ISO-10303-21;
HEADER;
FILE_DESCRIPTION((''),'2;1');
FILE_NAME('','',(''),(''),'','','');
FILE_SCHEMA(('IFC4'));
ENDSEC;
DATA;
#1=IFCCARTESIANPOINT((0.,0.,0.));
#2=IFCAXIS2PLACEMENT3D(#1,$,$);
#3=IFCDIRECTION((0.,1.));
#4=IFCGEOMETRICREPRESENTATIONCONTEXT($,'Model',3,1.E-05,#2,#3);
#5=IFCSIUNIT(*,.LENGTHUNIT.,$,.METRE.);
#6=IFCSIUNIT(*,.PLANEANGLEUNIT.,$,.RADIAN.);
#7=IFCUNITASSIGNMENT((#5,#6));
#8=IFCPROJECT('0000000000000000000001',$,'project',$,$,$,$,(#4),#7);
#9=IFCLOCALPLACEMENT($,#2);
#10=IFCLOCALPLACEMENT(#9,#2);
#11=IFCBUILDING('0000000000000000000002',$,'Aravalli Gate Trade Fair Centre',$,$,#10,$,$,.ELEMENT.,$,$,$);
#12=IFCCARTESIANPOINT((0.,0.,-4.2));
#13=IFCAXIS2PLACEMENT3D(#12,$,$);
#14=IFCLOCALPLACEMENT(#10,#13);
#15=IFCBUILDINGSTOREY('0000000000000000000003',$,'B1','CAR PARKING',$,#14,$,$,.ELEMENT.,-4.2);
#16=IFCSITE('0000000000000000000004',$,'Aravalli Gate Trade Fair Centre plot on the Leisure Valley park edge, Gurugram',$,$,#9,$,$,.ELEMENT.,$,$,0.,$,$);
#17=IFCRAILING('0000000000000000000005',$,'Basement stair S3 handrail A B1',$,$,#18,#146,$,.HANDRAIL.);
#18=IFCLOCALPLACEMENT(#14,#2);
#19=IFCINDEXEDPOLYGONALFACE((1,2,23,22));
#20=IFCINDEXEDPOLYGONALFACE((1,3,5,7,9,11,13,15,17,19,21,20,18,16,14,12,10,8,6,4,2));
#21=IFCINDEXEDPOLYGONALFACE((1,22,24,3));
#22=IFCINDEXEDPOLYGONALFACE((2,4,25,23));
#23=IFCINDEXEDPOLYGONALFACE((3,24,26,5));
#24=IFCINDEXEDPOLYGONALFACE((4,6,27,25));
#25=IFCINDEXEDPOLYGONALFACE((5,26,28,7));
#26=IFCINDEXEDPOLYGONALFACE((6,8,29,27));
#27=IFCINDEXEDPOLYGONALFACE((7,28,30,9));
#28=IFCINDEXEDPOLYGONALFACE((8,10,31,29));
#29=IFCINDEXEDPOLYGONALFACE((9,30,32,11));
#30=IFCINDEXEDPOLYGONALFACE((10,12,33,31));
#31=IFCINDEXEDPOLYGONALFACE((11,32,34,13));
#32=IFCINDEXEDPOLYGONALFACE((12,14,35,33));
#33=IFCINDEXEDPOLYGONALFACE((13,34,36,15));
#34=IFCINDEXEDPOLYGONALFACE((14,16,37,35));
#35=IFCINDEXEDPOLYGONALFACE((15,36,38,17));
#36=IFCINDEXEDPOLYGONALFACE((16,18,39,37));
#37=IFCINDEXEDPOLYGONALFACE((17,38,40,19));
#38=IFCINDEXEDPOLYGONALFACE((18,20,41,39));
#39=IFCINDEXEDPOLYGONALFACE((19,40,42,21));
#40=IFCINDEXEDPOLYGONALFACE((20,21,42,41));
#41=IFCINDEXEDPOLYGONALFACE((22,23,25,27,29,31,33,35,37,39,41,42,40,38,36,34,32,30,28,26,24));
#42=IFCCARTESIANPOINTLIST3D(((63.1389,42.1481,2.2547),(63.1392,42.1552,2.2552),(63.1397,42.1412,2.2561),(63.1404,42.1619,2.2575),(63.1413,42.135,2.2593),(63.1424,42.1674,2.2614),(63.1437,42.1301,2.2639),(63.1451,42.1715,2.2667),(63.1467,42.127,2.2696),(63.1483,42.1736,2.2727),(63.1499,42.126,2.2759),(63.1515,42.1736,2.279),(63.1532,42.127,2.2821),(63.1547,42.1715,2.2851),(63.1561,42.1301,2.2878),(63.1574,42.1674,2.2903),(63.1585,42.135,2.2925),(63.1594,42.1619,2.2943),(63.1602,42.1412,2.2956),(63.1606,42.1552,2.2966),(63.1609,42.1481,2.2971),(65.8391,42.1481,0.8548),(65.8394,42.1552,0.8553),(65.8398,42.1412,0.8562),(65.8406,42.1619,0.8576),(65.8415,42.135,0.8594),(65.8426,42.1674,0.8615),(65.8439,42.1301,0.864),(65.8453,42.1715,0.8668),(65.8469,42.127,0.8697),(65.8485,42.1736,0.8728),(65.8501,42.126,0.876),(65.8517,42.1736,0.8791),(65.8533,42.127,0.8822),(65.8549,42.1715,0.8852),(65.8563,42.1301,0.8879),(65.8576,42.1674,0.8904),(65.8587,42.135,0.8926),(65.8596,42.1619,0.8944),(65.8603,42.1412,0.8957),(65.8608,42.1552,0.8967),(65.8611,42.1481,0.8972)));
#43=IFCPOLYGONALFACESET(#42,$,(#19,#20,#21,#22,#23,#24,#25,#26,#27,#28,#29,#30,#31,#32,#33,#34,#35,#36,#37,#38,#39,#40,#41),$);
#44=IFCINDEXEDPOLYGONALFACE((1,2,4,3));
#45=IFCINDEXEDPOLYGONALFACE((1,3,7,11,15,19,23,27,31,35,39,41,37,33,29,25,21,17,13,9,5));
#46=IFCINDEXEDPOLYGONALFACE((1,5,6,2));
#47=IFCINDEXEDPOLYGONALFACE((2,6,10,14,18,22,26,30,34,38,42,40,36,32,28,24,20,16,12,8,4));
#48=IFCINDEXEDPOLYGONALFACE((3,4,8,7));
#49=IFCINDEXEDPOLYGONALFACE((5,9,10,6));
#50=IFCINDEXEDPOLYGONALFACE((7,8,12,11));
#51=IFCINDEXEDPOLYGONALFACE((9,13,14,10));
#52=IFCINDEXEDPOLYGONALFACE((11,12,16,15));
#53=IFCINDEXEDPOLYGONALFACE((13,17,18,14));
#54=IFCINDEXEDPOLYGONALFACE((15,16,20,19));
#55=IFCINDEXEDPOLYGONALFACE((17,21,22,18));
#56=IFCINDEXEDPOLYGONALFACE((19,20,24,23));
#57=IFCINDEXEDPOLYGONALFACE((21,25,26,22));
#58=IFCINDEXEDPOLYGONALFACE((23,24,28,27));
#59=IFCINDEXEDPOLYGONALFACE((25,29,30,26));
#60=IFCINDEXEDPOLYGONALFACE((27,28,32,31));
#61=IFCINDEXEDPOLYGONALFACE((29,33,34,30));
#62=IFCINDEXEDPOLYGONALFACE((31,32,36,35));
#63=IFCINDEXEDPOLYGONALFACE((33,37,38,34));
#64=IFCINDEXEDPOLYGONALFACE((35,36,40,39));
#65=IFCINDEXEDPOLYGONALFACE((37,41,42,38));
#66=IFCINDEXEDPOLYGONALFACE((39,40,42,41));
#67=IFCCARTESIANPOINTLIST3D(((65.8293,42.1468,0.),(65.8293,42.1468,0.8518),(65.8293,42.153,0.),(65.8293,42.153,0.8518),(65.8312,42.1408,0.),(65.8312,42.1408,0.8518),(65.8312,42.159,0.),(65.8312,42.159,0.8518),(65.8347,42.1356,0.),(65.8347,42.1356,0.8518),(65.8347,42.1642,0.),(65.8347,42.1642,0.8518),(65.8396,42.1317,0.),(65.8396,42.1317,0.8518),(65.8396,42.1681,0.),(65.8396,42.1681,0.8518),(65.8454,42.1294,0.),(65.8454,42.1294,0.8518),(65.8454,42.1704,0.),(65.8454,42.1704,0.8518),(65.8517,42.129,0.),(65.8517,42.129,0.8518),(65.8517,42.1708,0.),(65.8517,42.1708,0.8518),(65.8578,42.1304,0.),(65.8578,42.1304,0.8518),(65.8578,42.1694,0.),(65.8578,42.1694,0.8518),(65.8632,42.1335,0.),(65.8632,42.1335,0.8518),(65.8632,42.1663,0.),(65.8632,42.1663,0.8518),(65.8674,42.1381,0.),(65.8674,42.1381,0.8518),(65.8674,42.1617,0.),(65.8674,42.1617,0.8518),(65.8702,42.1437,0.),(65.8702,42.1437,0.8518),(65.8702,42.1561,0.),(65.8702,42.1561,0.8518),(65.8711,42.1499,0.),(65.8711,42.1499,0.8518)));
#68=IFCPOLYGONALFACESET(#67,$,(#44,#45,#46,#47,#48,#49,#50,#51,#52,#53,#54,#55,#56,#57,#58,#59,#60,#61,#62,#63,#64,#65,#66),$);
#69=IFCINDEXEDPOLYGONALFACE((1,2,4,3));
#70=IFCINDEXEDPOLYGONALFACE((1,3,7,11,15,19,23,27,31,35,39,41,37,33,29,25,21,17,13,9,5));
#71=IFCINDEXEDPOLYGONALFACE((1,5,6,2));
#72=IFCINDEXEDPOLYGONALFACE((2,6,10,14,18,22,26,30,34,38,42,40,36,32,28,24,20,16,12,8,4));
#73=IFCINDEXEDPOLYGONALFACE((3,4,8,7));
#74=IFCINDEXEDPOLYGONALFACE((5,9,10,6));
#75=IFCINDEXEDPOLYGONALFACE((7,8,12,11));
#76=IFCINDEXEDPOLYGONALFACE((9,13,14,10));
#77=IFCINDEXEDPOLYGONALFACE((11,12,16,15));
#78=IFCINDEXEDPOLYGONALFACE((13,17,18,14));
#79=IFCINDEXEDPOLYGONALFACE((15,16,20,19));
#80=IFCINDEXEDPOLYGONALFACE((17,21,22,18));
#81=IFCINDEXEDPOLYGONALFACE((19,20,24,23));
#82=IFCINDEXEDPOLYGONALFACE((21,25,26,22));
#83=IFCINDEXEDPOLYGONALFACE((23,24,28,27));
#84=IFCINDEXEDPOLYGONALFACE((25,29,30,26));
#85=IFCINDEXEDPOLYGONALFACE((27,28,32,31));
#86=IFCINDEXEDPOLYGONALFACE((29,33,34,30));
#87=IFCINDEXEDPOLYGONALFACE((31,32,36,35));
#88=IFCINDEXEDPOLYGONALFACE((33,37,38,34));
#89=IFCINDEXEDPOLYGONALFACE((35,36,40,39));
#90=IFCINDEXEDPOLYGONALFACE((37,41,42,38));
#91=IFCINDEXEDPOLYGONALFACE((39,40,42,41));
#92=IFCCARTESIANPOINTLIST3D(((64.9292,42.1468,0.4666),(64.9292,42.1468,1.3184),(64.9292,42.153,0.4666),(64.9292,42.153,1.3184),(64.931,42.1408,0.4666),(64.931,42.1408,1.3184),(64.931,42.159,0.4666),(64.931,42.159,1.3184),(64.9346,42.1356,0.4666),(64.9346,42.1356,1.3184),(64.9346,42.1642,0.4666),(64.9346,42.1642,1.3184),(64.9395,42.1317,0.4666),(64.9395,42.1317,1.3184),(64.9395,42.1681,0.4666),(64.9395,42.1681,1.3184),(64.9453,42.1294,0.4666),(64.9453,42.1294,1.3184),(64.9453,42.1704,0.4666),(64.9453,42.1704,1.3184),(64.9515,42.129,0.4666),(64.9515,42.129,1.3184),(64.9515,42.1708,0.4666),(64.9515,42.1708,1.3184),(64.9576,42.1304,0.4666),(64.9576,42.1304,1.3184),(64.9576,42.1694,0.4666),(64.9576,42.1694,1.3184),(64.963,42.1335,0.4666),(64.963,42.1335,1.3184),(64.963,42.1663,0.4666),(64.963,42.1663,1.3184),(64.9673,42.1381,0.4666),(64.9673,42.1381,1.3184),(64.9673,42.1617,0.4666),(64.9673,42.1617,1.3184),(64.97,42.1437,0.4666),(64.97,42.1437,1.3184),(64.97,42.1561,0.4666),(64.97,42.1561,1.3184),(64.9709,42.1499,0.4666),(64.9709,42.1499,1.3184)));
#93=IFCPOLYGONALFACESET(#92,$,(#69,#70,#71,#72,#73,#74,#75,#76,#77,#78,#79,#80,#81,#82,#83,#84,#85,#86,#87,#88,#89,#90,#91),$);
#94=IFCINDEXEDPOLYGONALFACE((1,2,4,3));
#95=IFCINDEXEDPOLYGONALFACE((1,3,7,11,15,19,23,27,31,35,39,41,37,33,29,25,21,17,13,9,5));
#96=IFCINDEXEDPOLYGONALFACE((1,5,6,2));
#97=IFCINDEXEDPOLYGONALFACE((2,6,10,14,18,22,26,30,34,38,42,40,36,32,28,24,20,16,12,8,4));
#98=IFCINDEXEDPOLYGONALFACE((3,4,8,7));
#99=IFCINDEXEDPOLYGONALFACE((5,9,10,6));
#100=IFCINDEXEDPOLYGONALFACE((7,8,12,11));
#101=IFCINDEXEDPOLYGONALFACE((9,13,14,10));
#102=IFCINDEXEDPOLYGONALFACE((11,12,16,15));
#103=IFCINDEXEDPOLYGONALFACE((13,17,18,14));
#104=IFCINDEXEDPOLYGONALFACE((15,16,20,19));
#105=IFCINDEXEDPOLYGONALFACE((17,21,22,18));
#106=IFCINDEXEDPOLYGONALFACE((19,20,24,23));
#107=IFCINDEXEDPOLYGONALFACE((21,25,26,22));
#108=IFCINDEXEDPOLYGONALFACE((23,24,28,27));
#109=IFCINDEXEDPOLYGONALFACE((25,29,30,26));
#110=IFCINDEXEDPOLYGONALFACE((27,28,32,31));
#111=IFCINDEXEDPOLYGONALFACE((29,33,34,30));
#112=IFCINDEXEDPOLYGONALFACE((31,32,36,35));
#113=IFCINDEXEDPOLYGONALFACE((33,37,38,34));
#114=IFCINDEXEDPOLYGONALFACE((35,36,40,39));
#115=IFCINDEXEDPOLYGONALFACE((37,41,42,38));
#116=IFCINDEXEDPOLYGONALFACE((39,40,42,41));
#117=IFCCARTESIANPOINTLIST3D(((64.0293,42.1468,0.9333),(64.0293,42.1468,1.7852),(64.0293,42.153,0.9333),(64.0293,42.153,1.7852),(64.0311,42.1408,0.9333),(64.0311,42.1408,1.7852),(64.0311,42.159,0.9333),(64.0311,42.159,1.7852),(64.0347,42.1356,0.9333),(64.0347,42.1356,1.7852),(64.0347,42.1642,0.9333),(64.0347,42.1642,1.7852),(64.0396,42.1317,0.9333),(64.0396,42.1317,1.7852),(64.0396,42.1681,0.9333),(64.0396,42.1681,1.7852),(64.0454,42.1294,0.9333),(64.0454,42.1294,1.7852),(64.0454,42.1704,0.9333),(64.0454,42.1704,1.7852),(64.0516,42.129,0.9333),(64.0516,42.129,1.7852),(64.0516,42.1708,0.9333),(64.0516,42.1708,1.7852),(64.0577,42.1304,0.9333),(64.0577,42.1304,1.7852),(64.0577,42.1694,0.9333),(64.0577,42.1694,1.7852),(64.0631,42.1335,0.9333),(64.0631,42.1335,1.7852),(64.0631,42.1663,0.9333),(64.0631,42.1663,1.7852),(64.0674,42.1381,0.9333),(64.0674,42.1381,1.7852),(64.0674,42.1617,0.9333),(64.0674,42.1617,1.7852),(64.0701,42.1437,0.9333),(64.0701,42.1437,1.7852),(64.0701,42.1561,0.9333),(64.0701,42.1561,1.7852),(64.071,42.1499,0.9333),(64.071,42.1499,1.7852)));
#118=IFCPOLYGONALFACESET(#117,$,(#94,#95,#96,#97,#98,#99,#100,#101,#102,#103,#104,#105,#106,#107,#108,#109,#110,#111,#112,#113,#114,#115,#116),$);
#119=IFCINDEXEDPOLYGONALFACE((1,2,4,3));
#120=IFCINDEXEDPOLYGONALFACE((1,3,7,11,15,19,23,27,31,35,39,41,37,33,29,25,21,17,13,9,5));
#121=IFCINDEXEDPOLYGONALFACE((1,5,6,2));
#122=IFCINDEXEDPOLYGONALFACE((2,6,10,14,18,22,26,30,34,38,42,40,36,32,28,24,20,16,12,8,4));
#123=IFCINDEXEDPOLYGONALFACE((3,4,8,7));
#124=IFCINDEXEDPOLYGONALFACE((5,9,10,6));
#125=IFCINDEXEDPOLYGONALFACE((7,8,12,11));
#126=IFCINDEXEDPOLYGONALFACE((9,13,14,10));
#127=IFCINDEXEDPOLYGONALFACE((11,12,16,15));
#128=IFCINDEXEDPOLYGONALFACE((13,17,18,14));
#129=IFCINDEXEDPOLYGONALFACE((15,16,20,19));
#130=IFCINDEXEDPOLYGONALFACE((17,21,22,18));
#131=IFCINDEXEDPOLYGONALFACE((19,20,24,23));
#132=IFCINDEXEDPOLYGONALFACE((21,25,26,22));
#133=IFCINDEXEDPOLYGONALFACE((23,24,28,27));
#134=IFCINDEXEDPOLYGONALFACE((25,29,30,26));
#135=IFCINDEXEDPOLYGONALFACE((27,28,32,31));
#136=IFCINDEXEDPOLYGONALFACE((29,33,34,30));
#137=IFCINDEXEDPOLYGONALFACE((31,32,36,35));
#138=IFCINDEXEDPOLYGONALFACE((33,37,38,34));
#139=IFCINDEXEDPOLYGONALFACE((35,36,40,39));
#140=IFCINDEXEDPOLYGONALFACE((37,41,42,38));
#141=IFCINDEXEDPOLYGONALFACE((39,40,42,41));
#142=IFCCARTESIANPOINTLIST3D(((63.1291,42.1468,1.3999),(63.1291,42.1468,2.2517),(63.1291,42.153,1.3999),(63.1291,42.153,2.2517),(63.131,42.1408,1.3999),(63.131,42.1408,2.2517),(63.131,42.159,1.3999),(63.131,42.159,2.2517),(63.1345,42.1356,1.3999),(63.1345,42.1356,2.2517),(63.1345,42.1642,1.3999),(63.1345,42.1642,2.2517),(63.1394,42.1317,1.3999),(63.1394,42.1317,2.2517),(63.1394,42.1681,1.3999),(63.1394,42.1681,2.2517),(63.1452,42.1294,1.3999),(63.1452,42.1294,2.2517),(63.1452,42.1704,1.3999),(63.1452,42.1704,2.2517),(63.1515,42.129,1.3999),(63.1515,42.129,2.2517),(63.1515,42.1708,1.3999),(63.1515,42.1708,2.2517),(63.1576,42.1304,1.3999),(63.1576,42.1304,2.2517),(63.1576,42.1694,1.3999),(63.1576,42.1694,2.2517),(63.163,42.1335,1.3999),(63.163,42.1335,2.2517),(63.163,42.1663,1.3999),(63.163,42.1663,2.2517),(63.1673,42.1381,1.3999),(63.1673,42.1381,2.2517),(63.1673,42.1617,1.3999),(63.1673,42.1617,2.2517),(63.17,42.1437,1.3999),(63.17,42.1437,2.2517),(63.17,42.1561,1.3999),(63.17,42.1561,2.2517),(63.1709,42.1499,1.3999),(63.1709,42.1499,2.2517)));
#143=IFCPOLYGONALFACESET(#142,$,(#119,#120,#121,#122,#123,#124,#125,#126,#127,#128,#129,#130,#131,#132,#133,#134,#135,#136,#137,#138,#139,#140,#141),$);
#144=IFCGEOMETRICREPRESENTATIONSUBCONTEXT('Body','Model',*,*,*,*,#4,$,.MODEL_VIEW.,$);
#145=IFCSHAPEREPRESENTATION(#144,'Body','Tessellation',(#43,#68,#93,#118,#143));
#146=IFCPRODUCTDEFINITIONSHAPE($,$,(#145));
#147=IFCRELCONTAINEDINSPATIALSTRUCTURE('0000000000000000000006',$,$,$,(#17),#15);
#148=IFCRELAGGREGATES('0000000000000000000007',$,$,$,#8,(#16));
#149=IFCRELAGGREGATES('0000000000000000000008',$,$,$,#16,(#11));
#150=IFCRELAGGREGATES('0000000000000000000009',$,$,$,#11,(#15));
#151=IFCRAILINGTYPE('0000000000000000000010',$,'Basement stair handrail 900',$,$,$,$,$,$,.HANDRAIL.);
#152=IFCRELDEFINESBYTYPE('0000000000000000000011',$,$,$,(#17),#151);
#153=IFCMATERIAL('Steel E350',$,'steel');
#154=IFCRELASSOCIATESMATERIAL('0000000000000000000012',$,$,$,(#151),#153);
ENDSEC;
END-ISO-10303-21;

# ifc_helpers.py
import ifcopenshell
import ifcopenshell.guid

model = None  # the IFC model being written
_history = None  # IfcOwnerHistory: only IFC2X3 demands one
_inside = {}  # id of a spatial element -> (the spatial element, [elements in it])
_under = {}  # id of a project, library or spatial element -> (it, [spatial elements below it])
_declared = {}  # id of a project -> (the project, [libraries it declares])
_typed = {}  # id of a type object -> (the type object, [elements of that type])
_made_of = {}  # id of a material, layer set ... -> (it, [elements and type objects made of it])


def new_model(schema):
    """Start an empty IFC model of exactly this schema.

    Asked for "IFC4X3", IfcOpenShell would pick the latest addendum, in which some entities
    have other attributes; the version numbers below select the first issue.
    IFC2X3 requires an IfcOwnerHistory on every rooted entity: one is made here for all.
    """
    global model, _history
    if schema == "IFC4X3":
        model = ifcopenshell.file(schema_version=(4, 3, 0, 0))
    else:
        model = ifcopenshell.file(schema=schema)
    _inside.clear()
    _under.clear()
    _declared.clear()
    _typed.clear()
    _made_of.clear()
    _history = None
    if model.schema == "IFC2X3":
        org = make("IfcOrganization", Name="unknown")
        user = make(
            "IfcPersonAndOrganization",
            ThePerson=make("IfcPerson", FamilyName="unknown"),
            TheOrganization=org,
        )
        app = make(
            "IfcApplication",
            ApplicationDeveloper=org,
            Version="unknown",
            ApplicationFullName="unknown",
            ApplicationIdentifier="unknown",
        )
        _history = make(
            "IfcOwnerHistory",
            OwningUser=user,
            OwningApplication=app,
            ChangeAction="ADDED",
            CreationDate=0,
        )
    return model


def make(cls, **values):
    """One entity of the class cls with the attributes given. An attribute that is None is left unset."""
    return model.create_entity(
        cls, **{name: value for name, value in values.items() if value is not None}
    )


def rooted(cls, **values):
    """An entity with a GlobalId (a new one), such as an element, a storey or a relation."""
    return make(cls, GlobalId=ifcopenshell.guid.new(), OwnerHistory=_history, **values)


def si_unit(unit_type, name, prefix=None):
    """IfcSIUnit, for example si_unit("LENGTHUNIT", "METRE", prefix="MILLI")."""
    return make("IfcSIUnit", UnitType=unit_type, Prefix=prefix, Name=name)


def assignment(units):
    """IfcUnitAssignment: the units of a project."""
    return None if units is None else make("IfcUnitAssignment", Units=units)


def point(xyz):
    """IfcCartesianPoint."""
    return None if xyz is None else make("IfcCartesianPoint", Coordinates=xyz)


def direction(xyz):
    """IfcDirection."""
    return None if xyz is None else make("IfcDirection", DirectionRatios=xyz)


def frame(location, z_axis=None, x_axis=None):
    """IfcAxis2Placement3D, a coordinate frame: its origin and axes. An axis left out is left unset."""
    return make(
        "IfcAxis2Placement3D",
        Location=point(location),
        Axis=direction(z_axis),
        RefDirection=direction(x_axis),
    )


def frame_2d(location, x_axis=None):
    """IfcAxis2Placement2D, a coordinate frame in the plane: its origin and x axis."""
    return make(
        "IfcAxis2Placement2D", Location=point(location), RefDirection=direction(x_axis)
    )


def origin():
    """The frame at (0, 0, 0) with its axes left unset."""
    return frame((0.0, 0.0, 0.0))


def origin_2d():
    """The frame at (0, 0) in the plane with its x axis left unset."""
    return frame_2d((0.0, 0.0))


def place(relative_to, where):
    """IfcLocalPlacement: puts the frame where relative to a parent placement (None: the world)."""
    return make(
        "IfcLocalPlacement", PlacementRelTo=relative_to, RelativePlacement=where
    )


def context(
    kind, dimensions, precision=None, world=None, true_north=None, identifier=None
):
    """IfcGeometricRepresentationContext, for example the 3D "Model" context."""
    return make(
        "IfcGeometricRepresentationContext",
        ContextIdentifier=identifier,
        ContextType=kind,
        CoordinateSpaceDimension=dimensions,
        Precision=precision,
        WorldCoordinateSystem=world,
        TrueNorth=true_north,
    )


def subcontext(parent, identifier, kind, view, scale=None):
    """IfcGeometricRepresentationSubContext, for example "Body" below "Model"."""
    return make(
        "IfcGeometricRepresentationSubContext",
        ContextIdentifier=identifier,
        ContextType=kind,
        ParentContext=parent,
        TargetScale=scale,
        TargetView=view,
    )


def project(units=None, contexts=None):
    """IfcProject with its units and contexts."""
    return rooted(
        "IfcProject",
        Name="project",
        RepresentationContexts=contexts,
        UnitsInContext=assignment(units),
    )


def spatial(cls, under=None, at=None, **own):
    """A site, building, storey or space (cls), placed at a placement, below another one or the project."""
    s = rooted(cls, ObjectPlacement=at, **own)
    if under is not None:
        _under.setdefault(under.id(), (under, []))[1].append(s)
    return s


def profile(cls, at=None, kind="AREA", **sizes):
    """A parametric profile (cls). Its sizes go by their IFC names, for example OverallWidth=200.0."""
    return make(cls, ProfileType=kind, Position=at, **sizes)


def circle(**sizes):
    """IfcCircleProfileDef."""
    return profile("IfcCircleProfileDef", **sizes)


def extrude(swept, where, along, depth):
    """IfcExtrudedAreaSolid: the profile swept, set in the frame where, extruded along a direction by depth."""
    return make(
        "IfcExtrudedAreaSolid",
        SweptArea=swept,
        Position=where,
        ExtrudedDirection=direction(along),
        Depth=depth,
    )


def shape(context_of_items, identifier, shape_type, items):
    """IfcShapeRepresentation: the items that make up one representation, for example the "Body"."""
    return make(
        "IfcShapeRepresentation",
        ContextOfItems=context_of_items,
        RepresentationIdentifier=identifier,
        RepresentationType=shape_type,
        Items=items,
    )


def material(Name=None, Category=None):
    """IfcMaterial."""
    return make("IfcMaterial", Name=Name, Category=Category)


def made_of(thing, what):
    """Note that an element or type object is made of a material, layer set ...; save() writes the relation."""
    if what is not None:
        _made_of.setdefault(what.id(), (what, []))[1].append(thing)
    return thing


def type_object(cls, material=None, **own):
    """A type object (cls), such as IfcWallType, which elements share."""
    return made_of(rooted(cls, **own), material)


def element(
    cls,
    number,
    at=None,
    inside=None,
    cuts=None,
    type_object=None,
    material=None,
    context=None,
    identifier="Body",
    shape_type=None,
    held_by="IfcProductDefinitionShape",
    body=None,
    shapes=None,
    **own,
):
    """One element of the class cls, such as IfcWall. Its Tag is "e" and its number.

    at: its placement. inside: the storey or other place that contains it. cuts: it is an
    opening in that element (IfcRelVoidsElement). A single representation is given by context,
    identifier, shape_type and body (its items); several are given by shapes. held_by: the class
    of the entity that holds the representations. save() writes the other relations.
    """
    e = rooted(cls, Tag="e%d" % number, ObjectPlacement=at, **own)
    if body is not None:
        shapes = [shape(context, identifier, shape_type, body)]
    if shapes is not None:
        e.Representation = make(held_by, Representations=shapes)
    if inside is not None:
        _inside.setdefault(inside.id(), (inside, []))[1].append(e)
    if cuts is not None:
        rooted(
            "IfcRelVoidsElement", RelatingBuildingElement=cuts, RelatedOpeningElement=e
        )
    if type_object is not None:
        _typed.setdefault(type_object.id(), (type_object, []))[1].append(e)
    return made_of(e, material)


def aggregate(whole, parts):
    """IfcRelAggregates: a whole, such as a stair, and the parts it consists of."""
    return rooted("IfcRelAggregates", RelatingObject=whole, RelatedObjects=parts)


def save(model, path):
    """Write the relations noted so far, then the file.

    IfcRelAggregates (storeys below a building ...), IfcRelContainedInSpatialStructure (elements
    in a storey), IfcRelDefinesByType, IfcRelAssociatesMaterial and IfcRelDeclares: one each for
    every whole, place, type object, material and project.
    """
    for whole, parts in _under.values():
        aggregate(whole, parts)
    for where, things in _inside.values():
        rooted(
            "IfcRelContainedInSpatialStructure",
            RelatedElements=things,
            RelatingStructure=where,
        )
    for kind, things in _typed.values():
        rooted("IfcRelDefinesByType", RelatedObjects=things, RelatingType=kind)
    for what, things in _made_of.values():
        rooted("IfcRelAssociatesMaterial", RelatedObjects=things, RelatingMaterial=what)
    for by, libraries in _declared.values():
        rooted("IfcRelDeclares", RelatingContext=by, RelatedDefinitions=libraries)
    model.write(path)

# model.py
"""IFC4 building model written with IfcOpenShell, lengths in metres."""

from ifc_helpers import new_model, si_unit, direction, frame, origin, origin_2d, place, context, subcontext, project, spatial, circle, extrude, material, type_object, element, save


model = new_model("IFC4")

# Units and contexts
model_context = context("Model", 3, precision=1e-05, world=origin(), true_north=direction((0.0, 1.0)))
body_context = subcontext(model_context, "Body", "Model", "MODEL_VIEW")
ifc_project = project(units=[si_unit("LENGTHUNIT", "METRE"), si_unit("PLANEANGLEUNIT", "RADIAN")], contexts=[model_context])

# Site, building, storey
site_placement = place(None, origin())
site = spatial("IfcSite", under=ifc_project, at=site_placement, Name="Aravalli Gate Trade Fair Centre plot on the Leisure Valley park edge, Gurugram", CompositionType="ELEMENT", RefElevation=0.0)
building_placement = place(site_placement, origin())
building = spatial("IfcBuilding", under=site, at=building_placement, Name="Aravalli Gate Trade Fair Centre", CompositionType="ELEMENT")
storey_placement = place(building_placement, frame((0.0, 0.0, -4.2)))
storey = spatial("IfcBuildingStorey", under=building, at=storey_placement, Name="B1", Description="CAR PARKING", CompositionType="ELEMENT", Elevation=-4.2)

# Railing
ifc_material_1 = material(Name="Steel E350", Category="steel")
railing_type = type_object("IfcRailingType", Name="Basement stair handrail 900", PredefinedType="HANDRAIL", material=ifc_material_1)
for number, where, name in (
    (1, (65.8501, 42.1499, 0.0), "Basement stair S3 handrail A B1"),
):
    element("IfcRailing", number, at=place(storey_placement, frame(where)), inside=storey, type_object=railing_type, Name=name, PredefinedType="HANDRAIL", context=body_context, shape_type="SweptSolid", body=[
        extrude(circle(Radius=0.0239, at=origin_2d()), frame((0.0, 0.0, 0.876), z_axis=(-0.887781, 0.0, 0.460266), x_axis=(0.0, -1.0, 0.0)), (0.0, 0.0, 1.0), 3.0415),
        extrude(circle(Radius=0.021, at=origin_2d()), origin(), (0.0, 0.0, 1.0), 0.8518),
        extrude(circle(Radius=0.021, at=origin_2d()), frame((-0.9001, 0.0, 0.4666)), (0.0, 0.0, 1.0), 0.8518),
        extrude(circle(Radius=0.021, at=origin_2d()), frame((-1.8, 0.0, 0.9333)), (0.0, 0.0, 1.0), 0.8518),
        extrude(circle(Radius=0.021, at=origin_2d()), frame((-2.7002, 0.0, 1.3999)), (0.0, 0.0, 1.0), 0.8518),
    ])

save(model, "model.ifc")
